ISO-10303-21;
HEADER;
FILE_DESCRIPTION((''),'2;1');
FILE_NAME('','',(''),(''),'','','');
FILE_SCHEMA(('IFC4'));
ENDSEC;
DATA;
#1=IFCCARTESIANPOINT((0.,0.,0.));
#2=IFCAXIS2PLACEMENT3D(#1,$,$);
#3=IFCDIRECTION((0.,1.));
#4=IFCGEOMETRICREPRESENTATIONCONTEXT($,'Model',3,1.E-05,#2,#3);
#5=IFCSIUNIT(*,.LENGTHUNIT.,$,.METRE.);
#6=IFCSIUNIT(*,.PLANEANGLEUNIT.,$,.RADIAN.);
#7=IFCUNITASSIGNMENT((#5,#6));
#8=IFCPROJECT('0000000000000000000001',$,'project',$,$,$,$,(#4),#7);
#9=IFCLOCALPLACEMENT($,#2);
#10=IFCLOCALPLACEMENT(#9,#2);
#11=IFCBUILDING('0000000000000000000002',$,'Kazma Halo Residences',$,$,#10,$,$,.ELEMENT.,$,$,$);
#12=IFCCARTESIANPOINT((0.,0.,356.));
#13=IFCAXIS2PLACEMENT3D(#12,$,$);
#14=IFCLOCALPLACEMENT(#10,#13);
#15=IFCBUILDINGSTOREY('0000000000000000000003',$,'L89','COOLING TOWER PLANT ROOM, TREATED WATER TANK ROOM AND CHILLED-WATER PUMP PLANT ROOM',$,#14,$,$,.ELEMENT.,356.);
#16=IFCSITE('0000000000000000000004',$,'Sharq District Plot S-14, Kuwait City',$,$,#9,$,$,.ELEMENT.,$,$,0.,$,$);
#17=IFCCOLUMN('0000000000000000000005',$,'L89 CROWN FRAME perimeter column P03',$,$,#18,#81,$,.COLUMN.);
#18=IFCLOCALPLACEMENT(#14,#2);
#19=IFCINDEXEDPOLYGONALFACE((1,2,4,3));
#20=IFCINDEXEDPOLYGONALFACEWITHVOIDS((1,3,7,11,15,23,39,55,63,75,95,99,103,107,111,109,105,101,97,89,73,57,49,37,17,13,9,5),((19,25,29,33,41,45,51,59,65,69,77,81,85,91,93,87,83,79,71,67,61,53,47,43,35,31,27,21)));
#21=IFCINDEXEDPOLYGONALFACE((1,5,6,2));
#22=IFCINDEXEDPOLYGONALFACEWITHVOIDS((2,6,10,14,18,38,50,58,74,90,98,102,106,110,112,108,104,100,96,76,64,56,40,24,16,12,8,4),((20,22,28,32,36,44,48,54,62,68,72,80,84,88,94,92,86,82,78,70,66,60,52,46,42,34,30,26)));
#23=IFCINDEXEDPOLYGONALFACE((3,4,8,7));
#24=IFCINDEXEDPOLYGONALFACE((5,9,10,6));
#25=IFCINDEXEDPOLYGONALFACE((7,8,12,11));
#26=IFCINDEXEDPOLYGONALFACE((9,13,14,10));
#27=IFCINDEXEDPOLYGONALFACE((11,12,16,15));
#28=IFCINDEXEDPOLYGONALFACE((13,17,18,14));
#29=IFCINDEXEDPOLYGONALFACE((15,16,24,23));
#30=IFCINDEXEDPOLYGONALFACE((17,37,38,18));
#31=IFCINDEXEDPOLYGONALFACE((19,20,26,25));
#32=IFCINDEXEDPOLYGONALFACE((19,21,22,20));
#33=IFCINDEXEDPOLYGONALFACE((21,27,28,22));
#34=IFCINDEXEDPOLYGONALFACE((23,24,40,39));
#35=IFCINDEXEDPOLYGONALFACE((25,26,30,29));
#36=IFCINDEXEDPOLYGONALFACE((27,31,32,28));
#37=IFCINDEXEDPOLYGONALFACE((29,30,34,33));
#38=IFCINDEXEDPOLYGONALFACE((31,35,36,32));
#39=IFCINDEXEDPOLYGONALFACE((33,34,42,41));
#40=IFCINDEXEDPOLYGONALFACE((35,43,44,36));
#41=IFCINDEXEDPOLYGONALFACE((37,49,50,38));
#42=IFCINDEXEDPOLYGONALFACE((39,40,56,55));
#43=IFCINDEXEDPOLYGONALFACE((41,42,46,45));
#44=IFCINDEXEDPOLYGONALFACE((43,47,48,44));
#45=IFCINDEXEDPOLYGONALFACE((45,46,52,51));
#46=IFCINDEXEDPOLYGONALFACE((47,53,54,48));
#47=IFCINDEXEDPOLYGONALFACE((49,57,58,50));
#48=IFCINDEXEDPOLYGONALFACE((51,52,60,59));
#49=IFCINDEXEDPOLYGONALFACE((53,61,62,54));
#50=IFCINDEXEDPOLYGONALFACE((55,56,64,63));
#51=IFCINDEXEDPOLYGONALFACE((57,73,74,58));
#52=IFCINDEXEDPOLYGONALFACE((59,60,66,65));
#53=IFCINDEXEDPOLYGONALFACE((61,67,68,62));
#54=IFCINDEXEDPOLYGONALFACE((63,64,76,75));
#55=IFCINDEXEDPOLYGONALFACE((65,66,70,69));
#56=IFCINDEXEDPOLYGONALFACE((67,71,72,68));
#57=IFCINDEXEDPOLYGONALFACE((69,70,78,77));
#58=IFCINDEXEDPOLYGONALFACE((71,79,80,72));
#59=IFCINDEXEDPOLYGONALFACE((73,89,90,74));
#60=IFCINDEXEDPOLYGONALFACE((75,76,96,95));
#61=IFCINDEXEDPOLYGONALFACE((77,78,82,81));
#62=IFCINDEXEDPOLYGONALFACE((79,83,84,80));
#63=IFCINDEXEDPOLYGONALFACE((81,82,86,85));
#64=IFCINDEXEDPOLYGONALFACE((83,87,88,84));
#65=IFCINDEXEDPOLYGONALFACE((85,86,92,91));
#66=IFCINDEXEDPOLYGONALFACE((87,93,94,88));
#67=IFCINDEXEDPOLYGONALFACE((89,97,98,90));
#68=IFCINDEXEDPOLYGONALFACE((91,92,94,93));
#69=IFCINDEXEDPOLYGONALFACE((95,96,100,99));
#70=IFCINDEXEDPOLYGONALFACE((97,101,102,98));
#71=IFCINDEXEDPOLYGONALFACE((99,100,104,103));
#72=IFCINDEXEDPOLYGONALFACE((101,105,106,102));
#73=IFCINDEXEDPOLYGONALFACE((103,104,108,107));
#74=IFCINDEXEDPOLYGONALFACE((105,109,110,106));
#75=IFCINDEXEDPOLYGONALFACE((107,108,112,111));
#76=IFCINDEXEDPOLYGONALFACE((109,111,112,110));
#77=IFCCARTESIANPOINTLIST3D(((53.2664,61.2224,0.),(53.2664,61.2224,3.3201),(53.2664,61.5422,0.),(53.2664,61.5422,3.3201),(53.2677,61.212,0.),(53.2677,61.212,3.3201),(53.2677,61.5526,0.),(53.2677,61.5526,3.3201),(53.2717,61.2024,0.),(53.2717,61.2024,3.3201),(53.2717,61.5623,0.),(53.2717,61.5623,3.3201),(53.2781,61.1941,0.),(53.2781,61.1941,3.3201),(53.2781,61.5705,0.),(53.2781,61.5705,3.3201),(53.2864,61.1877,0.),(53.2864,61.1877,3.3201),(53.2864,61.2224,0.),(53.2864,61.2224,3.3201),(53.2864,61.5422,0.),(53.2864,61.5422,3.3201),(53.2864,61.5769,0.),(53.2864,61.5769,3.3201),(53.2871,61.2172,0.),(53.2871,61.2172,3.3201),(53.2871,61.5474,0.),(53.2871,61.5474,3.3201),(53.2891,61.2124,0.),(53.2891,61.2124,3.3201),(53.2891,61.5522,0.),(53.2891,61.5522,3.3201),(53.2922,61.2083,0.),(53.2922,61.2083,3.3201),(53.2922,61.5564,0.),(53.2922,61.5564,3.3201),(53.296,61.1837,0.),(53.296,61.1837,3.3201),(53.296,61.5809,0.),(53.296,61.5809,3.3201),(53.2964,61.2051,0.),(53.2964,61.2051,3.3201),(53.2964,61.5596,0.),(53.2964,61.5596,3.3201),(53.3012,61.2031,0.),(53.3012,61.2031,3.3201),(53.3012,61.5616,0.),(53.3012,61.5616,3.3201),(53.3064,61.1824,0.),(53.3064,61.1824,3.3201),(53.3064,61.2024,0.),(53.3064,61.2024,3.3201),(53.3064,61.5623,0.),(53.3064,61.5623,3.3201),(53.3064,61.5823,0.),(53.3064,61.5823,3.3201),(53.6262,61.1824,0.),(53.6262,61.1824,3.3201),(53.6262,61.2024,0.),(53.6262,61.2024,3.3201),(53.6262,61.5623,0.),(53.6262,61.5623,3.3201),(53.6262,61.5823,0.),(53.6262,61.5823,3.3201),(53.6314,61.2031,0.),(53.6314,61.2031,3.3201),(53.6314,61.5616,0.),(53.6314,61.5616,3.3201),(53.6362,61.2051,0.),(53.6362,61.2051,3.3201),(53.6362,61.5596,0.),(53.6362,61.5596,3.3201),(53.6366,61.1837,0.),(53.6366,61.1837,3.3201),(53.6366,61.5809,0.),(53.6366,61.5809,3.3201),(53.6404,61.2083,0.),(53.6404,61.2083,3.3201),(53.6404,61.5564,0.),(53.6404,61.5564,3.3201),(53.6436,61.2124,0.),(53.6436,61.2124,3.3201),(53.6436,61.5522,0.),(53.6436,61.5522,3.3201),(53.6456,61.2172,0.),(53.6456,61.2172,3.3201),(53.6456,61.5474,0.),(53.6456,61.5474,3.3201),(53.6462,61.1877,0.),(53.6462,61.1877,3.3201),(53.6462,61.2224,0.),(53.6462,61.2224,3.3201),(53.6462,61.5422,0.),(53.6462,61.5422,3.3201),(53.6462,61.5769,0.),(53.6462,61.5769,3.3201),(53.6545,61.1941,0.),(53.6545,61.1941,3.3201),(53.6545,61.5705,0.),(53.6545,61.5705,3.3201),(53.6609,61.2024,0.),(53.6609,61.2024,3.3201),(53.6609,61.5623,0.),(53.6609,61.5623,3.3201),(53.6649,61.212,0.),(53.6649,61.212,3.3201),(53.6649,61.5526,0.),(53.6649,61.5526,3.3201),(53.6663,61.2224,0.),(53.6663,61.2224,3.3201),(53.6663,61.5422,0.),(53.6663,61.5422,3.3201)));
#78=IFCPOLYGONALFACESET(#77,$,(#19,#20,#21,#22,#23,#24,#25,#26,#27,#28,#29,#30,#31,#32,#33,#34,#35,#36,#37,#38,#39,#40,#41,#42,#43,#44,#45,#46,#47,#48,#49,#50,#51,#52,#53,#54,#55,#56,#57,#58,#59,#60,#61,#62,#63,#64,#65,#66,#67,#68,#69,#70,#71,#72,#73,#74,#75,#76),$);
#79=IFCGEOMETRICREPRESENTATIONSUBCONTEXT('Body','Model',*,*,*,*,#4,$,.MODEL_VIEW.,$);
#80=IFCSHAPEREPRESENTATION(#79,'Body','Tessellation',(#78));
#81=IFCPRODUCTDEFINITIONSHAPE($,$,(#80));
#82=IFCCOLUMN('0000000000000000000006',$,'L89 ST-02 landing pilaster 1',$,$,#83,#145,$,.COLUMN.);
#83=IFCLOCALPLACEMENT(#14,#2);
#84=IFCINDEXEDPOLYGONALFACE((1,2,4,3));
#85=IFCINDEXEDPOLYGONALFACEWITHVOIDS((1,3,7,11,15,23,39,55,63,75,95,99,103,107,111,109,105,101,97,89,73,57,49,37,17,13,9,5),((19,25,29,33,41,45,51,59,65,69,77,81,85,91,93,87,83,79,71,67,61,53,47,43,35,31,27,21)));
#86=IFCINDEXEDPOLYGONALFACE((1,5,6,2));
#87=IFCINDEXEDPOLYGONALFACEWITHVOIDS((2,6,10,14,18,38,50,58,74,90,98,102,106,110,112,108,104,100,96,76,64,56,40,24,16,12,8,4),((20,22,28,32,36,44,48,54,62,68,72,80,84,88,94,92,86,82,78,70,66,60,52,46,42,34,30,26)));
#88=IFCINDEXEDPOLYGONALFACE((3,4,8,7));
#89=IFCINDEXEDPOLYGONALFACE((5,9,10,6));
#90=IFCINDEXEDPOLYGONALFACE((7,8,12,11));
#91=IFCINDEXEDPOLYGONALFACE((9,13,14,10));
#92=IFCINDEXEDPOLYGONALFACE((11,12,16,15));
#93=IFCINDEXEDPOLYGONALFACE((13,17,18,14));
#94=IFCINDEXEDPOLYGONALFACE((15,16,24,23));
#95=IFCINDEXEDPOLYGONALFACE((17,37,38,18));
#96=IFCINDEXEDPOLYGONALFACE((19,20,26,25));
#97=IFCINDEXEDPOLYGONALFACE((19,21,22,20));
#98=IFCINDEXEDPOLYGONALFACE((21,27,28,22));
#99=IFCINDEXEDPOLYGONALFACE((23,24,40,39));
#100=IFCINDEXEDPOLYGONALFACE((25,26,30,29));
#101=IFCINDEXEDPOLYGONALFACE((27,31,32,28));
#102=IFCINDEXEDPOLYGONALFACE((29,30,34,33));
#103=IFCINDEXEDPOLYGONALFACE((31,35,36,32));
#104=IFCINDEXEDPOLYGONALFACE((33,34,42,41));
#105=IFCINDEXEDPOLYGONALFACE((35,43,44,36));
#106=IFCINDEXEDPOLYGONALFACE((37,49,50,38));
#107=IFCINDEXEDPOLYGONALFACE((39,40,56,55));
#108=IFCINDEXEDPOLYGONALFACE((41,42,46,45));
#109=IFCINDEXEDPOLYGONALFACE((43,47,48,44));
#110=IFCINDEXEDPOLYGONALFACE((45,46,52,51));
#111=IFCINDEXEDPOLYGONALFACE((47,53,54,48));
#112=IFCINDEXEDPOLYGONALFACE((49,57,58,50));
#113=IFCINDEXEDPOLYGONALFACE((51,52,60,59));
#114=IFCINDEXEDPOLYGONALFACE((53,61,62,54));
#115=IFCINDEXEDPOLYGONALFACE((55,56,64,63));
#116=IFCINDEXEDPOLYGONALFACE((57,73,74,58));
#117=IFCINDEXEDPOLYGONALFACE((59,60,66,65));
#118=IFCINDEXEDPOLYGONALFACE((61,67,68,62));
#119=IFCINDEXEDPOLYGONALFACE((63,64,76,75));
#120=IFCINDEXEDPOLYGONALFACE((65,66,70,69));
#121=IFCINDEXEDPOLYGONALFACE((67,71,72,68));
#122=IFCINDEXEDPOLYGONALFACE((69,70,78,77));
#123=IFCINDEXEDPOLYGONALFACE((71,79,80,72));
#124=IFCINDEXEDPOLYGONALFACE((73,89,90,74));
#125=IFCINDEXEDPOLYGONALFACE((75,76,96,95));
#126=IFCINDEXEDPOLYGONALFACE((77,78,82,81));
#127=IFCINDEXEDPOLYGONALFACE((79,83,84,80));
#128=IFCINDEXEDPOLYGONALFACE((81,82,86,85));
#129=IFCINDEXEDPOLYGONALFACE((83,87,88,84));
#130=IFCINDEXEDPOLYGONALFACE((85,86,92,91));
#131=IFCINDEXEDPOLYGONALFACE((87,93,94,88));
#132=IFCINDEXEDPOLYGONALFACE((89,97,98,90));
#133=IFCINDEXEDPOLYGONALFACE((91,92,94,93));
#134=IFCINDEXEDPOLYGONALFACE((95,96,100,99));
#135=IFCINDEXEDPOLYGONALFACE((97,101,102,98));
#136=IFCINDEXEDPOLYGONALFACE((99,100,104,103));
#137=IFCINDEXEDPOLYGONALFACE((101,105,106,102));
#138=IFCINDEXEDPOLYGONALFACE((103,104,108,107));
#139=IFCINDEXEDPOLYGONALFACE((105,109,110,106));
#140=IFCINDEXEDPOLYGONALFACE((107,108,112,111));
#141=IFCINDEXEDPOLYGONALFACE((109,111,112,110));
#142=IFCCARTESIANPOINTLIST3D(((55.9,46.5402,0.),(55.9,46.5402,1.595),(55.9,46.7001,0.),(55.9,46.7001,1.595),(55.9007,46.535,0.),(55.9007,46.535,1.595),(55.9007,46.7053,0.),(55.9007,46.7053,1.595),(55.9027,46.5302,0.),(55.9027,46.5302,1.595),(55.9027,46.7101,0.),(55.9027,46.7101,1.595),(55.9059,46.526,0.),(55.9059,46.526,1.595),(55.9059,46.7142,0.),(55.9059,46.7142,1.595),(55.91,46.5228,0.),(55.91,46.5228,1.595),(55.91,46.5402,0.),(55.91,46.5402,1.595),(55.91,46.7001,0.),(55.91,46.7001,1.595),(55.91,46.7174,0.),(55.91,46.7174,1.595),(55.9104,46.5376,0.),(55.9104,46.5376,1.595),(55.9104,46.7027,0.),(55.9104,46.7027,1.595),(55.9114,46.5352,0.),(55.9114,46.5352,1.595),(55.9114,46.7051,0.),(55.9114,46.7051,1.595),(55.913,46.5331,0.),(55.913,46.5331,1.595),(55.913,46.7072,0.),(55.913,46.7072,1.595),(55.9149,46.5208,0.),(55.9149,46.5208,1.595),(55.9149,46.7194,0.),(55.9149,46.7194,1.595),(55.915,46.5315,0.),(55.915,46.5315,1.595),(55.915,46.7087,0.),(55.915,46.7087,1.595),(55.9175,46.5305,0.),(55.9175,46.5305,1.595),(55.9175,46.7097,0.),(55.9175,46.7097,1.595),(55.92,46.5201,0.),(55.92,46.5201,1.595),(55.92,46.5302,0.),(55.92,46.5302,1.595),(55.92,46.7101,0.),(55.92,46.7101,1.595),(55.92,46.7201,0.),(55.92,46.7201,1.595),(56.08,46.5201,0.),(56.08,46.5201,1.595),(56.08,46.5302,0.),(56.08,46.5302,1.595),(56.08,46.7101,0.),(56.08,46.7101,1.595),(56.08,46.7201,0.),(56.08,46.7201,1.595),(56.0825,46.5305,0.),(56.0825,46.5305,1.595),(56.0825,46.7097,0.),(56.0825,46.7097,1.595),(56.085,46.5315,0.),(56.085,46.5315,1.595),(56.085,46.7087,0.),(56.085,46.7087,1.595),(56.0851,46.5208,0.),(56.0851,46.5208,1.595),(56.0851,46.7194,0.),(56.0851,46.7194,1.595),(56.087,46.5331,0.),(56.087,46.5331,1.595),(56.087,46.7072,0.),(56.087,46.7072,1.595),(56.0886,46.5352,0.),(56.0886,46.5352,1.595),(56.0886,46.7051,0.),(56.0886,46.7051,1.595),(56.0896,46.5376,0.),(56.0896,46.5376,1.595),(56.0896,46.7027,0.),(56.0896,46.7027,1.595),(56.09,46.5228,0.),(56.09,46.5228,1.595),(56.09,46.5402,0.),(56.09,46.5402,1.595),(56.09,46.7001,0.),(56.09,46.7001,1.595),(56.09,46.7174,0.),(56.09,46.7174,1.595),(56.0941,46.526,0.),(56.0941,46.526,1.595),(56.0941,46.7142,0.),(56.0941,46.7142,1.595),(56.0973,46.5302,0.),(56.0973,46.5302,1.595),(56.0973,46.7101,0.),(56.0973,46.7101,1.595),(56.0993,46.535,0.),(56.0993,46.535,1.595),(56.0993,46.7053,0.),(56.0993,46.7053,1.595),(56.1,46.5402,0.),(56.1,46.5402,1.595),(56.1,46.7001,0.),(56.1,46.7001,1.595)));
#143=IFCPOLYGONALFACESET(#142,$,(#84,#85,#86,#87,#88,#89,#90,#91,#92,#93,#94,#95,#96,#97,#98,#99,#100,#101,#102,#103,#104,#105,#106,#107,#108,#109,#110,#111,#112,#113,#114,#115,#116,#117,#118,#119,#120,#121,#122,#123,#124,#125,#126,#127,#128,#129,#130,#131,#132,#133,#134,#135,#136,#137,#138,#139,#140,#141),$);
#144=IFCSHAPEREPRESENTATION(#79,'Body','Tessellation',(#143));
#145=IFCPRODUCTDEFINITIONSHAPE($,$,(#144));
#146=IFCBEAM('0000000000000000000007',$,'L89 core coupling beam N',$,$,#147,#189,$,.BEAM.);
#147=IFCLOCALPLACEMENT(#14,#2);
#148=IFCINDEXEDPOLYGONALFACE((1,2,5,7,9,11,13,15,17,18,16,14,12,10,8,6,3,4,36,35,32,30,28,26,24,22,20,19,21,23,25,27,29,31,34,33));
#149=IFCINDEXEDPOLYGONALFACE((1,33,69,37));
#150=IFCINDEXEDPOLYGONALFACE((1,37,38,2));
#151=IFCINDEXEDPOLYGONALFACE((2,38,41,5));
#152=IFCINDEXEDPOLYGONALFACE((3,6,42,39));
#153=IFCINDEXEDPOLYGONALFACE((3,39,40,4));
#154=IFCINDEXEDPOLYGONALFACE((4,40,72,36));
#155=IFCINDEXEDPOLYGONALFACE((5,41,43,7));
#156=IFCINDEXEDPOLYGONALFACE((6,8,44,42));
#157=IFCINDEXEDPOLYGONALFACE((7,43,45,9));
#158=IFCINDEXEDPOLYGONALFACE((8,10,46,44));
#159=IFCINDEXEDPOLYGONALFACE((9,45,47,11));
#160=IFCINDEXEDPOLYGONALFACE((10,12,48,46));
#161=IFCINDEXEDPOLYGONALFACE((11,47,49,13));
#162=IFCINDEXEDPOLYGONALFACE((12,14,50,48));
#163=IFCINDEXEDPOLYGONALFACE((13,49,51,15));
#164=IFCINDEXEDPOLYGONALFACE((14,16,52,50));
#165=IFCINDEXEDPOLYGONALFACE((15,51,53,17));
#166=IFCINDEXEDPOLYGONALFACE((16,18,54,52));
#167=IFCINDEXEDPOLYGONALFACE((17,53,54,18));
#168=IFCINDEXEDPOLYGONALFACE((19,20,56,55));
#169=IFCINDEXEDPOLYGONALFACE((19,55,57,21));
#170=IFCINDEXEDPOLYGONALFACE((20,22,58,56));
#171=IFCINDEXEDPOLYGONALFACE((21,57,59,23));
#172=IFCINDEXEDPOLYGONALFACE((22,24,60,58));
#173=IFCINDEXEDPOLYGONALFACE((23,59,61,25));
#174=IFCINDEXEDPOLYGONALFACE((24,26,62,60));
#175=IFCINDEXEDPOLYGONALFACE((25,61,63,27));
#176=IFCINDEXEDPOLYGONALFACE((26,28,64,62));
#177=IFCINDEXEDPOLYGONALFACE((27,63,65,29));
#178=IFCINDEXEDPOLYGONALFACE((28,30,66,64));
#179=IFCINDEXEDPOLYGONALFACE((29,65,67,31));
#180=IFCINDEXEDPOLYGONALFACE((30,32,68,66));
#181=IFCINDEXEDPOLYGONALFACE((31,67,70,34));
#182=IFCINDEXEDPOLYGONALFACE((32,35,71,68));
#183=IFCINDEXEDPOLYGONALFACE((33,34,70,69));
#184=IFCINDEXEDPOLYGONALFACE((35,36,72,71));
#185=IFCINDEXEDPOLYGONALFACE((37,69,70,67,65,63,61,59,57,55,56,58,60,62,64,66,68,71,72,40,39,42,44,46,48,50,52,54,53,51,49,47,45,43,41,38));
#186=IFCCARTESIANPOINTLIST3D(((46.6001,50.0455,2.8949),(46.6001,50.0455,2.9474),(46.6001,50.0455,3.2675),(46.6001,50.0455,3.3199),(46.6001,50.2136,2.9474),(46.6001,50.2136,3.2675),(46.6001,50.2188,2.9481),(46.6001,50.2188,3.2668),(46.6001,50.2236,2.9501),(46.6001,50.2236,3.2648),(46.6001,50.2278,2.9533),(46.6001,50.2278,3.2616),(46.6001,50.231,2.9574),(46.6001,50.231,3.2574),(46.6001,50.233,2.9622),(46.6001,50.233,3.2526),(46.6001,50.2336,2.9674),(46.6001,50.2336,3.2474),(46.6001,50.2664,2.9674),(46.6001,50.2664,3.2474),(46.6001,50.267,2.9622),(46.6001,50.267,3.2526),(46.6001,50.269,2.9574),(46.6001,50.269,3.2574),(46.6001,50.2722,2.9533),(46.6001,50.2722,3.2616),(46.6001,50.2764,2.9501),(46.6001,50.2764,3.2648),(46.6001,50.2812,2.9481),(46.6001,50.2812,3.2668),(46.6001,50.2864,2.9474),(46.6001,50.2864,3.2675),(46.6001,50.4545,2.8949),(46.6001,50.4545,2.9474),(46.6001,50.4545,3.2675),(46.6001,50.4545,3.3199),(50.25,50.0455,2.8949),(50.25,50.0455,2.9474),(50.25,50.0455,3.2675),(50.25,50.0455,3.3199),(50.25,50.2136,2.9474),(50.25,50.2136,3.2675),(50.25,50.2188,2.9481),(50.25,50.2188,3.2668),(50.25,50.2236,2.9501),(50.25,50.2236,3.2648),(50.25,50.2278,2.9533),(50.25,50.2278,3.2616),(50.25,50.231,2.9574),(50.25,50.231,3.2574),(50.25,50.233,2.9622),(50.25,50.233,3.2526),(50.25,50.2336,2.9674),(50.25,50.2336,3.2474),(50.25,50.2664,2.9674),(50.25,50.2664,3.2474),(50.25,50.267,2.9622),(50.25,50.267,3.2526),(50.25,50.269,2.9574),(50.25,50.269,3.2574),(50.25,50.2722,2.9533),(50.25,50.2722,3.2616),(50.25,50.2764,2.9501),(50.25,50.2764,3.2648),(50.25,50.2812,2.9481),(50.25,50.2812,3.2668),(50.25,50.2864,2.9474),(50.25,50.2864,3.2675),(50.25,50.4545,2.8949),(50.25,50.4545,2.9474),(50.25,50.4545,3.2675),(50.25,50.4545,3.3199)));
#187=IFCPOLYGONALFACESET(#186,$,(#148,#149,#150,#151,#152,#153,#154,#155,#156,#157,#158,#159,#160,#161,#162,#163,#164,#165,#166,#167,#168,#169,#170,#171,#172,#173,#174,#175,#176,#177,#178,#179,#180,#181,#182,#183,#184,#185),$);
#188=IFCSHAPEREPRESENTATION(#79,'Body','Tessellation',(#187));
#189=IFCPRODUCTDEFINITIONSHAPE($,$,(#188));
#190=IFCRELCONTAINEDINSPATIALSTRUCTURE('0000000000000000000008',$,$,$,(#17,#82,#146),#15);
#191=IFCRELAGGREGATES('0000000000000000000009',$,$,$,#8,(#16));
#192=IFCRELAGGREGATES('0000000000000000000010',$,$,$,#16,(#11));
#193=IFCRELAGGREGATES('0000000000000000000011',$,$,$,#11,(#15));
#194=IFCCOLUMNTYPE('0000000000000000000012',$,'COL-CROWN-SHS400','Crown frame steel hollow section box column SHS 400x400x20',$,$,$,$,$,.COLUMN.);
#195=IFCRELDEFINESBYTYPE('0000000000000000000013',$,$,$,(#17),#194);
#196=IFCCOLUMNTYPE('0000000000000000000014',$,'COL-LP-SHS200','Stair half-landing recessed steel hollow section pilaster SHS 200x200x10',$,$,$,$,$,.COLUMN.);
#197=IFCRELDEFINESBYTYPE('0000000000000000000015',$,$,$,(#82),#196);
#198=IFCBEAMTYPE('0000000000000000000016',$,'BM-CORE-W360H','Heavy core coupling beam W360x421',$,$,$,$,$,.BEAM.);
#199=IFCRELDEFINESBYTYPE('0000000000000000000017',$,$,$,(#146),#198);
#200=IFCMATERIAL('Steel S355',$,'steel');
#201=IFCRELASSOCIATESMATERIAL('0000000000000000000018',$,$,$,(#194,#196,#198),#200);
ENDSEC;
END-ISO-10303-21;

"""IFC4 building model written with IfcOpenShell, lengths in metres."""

from ifc_helpers import new_model, si_unit, direction, frame, origin, origin_2d, place, context, subcontext, project, spatial, hollow_rectangle, i_section, extrude, material, material_profile, profile_set, type_object, element, save


model = new_model("IFC4")

# Units and contexts
model_context = context("Model", 3, precision=1e-05, world=origin(), true_north=direction((0.0, 1.0)))
body_context = subcontext(model_context, "Body", "Model", "MODEL_VIEW")
ifc_project = project(units=[si_unit("LENGTHUNIT", "METRE"), si_unit("PLANEANGLEUNIT", "RADIAN")], contexts=[model_context])

# Site, building, storey
site_placement = place(None, origin())
site = spatial("IfcSite", under=ifc_project, at=site_placement, Name="Sharq District Plot S-14, Kuwait City", CompositionType="ELEMENT", RefElevation=0.0)
building_placement = place(site_placement, origin())
building = spatial("IfcBuilding", under=site, at=building_placement, Name="Kazma Halo Residences", CompositionType="ELEMENT")
storey_placement = place(building_placement, frame((0.0, 0.0, 356.0)))
storey = spatial("IfcBuildingStorey", under=building, at=storey_placement, Name="L89", Description="COOLING TOWER PLANT ROOM, TREATED WATER TANK ROOM AND CHILLED-WATER PUMP PLANT ROOM", CompositionType="ELEMENT", Elevation=356.0)

# Columns
ifc_material_1 = material(Name="Steel S355", Category="steel")
ifc_material_profile_1 = material_profile(ifc_material_1, hollow_rectangle(XDim=0.3999, YDim=0.3999, WallThickness=0.02, InnerFilletRadius=0.02, OuterFilletRadius=0.04, at=origin_2d()), Name="SHS400x400x20")
ifc_profile_set_1 = profile_set([ifc_material_profile_1], Name="Steel S355")
column_type_1 = type_object("IfcColumnType", Name="COL-CROWN-SHS400", Description="Crown frame steel hollow section box column SHS 400x400x20", PredefinedType="COLUMN", material=ifc_profile_set_1)
column_1_placement = place(storey_placement, frame((53.4663, 61.3823, 0.0), z_axis=(0.0, 0.0, 1.0), x_axis=(1.0, 0.0, 0.0)))
element("IfcColumn", 1, at=column_1_placement, inside=storey, type_object=column_type_1, Name="L89 CROWN FRAME perimeter column P03", PredefinedType="COLUMN", context=body_context, shape_type="SweptSolid", body=[
    extrude(hollow_rectangle(XDim=0.3999, YDim=0.3999, WallThickness=0.02, InnerFilletRadius=0.02, OuterFilletRadius=0.04, at=origin_2d()), origin(), (0.0, 0.0, 1.0), 3.3201),
])
ifc_material_profile_2 = material_profile(ifc_material_1, hollow_rectangle(XDim=0.2, YDim=0.2, WallThickness=0.01, InnerFilletRadius=0.01, OuterFilletRadius=0.02, at=origin_2d()), Name="SHS200x200x10")
ifc_profile_set_2 = profile_set([ifc_material_profile_2], Name="Steel S355")
column_type_2 = type_object("IfcColumnType", Name="COL-LP-SHS200", Description="Stair half-landing recessed steel hollow section pilaster SHS 200x200x10", PredefinedType="COLUMN", material=ifc_profile_set_2)
column_2_placement = place(storey_placement, frame((56.0, 46.6201, 0.0), z_axis=(0.0, 0.0, 1.0), x_axis=(1.0, 0.0, 0.0)))
element("IfcColumn", 2, at=column_2_placement, inside=storey, type_object=column_type_2, Name="L89 ST-02 landing pilaster 1", PredefinedType="COLUMN", context=body_context, shape_type="SweptSolid", body=[
    extrude(hollow_rectangle(XDim=0.2, YDim=0.2, WallThickness=0.01, InnerFilletRadius=0.01, OuterFilletRadius=0.02, at=origin_2d()), origin(), (0.0, 0.0, 1.0), 1.595),
])

# Beam
ifc_material_profile_3 = material_profile(ifc_material_1, i_section(OverallWidth=0.4089, OverallDepth=0.425, WebThickness=0.0327, FlangeThickness=0.0525, FilletRadius=0.02, at=origin_2d()), Name="W360x421")
ifc_profile_set_3 = profile_set([ifc_material_profile_3], Name="Steel S355")
beam_type_1 = type_object("IfcBeamType", Name="BM-CORE-W360H", Description="Heavy core coupling beam W360x421", PredefinedType="BEAM", material=ifc_profile_set_3)
beam_1_placement = place(storey_placement, frame((46.6001, 50.25, 3.1074), z_axis=(1.0, 0.0, 0.0), x_axis=(0.0, 1.0, 0.0)))
element("IfcBeam", 3, at=beam_1_placement, inside=storey, type_object=beam_type_1, Name="L89 core coupling beam N", PredefinedType="BEAM", context=body_context, shape_type="SweptSolid", body=[
    extrude(i_section(OverallWidth=0.4089, OverallDepth=0.425, WebThickness=0.0327, FlangeThickness=0.0525, FilletRadius=0.02, at=origin_2d()), origin(), (0.0, 0.0, 1.0), 3.6499),
])

save(model, "model.ifc")
